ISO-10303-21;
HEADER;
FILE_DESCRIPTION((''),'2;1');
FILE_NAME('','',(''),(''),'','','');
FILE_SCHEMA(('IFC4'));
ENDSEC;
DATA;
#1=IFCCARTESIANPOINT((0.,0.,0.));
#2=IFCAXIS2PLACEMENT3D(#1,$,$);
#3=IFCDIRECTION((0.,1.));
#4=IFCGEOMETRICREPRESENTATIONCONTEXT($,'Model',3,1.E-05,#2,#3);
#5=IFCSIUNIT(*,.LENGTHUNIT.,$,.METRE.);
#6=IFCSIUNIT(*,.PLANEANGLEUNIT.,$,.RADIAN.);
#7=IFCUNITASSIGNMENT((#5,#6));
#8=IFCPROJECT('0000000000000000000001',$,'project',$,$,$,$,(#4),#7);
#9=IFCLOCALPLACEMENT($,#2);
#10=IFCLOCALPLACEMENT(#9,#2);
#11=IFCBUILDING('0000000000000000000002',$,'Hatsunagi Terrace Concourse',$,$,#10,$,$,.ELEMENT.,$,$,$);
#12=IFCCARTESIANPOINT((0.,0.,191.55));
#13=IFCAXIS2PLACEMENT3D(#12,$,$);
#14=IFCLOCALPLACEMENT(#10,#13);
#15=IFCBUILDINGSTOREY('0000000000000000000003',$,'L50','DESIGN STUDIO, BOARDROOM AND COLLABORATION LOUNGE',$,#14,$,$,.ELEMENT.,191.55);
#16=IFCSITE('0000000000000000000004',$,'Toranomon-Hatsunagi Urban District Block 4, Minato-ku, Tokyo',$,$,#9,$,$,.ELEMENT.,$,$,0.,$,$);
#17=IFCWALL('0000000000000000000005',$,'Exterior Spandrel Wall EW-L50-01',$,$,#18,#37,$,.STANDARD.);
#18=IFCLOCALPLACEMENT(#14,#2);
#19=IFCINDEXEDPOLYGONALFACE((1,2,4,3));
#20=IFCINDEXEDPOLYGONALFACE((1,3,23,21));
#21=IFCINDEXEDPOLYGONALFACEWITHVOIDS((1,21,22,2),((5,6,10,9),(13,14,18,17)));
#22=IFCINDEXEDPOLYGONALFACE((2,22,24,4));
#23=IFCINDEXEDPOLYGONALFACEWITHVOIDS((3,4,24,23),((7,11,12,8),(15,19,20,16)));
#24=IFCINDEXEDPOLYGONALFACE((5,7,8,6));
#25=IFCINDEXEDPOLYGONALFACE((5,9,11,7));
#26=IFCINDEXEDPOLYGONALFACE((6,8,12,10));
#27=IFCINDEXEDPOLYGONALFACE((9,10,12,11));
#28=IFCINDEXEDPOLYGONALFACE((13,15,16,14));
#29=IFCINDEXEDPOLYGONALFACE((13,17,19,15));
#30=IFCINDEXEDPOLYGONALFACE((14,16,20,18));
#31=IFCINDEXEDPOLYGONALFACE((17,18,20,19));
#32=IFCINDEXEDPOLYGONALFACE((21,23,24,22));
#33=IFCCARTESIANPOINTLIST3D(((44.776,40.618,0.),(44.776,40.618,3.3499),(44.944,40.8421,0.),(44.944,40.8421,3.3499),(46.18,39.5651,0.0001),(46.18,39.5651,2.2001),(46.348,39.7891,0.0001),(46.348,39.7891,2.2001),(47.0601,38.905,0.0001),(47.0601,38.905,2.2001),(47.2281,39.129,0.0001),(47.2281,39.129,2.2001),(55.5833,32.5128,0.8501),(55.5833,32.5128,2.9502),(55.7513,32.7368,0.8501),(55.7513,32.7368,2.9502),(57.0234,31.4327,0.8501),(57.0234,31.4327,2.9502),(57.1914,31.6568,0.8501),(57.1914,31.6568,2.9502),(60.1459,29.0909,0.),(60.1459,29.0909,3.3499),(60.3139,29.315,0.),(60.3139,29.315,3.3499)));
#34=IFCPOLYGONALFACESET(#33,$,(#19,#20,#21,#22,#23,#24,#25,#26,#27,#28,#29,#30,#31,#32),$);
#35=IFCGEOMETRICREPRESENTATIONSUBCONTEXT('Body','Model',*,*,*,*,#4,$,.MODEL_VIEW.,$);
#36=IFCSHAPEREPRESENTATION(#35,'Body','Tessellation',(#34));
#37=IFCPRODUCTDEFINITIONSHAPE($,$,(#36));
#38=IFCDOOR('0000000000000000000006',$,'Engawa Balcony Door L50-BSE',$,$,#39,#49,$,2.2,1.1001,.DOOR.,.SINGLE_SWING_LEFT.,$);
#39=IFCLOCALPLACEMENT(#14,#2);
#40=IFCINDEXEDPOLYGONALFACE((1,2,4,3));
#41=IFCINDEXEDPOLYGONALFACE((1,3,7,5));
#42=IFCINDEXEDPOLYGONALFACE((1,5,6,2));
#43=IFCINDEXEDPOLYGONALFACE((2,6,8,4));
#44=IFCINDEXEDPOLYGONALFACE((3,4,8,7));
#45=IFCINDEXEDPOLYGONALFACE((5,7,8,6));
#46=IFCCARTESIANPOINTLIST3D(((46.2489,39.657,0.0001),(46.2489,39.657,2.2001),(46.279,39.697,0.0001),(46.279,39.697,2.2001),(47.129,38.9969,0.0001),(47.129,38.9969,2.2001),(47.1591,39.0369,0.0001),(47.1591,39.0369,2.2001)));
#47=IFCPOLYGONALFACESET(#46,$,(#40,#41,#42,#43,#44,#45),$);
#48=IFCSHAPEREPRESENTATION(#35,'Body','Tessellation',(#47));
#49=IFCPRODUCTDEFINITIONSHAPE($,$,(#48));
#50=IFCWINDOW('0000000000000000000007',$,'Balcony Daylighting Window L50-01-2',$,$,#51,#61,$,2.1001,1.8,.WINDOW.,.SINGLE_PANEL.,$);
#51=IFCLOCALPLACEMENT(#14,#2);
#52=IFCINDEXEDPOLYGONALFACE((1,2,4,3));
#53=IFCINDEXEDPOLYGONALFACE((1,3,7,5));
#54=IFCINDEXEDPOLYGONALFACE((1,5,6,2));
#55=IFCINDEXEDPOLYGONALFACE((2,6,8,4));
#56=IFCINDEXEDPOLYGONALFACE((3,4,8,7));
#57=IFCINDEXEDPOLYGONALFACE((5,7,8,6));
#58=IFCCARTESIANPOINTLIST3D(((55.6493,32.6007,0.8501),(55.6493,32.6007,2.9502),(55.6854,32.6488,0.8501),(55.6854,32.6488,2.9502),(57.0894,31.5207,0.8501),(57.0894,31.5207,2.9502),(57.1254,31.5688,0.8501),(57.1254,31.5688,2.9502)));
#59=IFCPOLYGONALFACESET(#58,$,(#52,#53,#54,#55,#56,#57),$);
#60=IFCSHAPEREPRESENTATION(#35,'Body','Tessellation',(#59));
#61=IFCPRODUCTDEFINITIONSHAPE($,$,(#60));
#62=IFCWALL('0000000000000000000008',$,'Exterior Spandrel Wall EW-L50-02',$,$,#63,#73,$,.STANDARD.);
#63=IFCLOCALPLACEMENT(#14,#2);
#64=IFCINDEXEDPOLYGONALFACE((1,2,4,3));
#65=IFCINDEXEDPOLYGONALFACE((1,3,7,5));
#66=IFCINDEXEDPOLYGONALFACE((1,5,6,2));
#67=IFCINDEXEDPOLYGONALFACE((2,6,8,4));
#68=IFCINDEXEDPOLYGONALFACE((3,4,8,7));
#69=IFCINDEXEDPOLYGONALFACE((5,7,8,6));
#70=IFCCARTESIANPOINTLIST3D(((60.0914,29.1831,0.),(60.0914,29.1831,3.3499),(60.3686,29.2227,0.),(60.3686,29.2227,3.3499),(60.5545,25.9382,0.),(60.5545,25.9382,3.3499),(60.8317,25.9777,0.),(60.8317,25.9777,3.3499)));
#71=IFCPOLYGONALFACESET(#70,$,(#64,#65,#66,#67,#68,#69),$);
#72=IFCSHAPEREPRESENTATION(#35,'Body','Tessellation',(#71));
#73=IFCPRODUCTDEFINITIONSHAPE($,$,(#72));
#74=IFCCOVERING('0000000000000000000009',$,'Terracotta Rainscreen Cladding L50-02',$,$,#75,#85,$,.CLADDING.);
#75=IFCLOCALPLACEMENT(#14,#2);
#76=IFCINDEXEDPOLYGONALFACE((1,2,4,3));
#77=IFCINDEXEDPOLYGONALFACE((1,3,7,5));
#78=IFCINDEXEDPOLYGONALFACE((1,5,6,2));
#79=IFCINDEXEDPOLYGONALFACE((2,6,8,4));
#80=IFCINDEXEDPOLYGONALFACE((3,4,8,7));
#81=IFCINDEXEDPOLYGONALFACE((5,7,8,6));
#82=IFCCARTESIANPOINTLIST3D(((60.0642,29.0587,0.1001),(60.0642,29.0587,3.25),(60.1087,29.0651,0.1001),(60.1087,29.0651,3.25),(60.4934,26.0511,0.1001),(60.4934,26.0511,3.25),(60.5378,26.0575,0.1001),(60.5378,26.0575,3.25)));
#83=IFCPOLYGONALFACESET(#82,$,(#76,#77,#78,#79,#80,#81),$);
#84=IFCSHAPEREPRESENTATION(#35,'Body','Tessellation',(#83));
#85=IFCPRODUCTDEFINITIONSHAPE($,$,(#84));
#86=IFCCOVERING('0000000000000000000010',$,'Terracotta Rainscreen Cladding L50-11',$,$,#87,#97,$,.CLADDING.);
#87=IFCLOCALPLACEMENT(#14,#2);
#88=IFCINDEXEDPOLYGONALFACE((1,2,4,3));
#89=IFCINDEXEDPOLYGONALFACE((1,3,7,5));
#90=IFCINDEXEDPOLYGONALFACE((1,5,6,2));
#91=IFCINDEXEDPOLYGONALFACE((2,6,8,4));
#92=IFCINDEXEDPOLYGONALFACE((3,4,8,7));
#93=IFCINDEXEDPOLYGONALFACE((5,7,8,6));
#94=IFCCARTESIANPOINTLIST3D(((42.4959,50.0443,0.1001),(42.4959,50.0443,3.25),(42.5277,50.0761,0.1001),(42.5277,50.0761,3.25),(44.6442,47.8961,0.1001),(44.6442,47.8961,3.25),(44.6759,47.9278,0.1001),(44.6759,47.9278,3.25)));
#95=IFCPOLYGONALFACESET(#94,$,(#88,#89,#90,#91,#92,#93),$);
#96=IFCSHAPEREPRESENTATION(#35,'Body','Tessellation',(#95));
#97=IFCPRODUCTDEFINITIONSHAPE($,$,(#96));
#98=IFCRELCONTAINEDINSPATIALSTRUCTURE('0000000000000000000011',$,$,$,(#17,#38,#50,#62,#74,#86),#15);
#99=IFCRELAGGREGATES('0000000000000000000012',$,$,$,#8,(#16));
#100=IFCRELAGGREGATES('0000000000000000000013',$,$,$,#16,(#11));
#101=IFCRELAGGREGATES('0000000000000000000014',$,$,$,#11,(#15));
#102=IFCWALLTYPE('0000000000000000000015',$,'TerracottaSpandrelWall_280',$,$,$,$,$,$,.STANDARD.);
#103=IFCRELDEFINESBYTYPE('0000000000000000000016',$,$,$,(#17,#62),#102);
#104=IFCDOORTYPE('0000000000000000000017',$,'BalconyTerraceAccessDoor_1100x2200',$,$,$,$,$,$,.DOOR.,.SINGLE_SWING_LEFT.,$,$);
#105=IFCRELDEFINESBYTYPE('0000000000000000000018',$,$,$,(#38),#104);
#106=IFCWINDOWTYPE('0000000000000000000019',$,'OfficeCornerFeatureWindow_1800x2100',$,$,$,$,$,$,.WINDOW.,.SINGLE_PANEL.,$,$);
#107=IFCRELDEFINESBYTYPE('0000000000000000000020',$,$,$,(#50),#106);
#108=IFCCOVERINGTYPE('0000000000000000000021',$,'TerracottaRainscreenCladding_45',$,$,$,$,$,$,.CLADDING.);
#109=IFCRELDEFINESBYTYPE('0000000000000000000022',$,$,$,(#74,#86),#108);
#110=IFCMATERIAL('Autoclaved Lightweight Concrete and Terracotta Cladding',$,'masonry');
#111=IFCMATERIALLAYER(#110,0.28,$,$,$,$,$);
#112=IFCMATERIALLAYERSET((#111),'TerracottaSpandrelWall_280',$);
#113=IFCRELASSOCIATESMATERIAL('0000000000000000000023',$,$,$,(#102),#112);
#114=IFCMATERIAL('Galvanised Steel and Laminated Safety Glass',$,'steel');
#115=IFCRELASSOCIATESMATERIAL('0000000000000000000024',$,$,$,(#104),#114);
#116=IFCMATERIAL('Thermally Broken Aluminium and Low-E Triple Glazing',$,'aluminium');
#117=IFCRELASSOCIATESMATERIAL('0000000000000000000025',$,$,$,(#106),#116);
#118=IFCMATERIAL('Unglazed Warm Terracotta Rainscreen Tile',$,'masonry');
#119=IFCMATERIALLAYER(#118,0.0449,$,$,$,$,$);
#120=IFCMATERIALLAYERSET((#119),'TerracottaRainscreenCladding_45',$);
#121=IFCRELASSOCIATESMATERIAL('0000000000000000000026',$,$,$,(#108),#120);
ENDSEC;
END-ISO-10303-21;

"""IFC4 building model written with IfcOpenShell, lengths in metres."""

from ifc_helpers import new_model, si_unit, direction, frame, frame_2d, origin, origin_2d, place, context, subcontext, project, spatial, rectangle, extrude, material, layer, layer_set, type_object, element, fill, save


model = new_model("IFC4")

# Units and contexts
model_context = context("Model", 3, precision=1e-05, world=origin(), true_north=direction((0.0, 1.0)))
body_context = subcontext(model_context, "Body", "Model", "MODEL_VIEW")
ifc_project = project(units=[si_unit("LENGTHUNIT", "METRE"), si_unit("PLANEANGLEUNIT", "RADIAN")], contexts=[model_context])

# Site, building, storey
site_placement = place(None, origin())
site = spatial("IfcSite", under=ifc_project, at=site_placement, Name="Toranomon-Hatsunagi Urban District Block 4, Minato-ku, Tokyo", CompositionType="ELEMENT", RefElevation=0.0)
building_placement = place(site_placement, origin())
building = spatial("IfcBuilding", under=site, at=building_placement, Name="Hatsunagi Terrace Concourse", CompositionType="ELEMENT")
storey_placement = place(building_placement, frame((0.0, 0.0, 191.55)))
storey = spatial("IfcBuildingStorey", under=building, at=storey_placement, Name="L50", Description="DESIGN STUDIO, BOARDROOM AND COLLABORATION LOUNGE", CompositionType="ELEMENT", Elevation=191.55)

# Wall, openings, door, window
ifc_material_1 = material(Name="Autoclaved Lightweight Concrete and Terracotta Cladding", Category="masonry")
ifc_layer_1 = layer(ifc_material_1, 0.28)
ifc_layer_set_1 = layer_set([ifc_layer_1], Name="TerracottaSpandrelWall_280")
wall_type_1 = type_object("IfcWallType", Name="TerracottaSpandrelWall_280", PredefinedType="STANDARD", material=ifc_layer_set_1)
wall_1_placement = place(storey_placement, frame((44.8601, 40.73, 0.0), z_axis=(0.0, 0.0, 1.0), x_axis=(0.800008, -0.59999, 0.0)))
wall_1 = element("IfcWall", 1, at=wall_1_placement, inside=storey, type_object=wall_type_1, Name="Exterior Spandrel Wall EW-L50-01", PredefinedType="STANDARD", context=body_context, shape_type="SweptSolid", body=[
    extrude(rectangle(XDim=19.2122, YDim=0.28, at=frame_2d((9.606, 0.0))), origin(), (0.0, 0.0, 1.0), 3.3499),
])
opening_1_placement = place(wall_1_placement, frame((1.7549, 0.0, 0.0)))
opening_1 = element("IfcOpeningElement", 2, at=opening_1_placement, cuts=wall_1, PredefinedType="OPENING", context=body_context, shape_type="SweptSolid", body=[
    extrude(rectangle(XDim=1.1001, YDim=2.2, at=frame_2d((0.55, 1.1001))), frame((0.0, 0.1499, 0.0), z_axis=(0.0, -1.0, 0.0), x_axis=(1.0, 0.0, 0.0)), (0.0, 0.0, 1.0), 0.3),
])
opening_2_placement = place(wall_1_placement, frame((13.509, 0.0, 0.8501)))
opening_2 = element("IfcOpeningElement", 3, at=opening_2_placement, cuts=wall_1, PredefinedType="OPENING", context=body_context, shape_type="SweptSolid", body=[
    extrude(rectangle(XDim=1.8, YDim=2.1001, at=frame_2d((0.8999, 1.05))), frame((0.0, 0.1499, 0.0), z_axis=(0.0, -1.0, 0.0), x_axis=(1.0, 0.0, 0.0)), (0.0, 0.0, 1.0), 0.3),
])
ifc_material_2 = material(Name="Galvanised Steel and Laminated Safety Glass", Category="steel")
door_type = type_object("IfcDoorType", Name="BalconyTerraceAccessDoor_1100x2200", OperationType="SINGLE_SWING_LEFT", PredefinedType="DOOR", material=ifc_material_2)
door_placement = place(opening_1_placement, origin())
door = element("IfcDoor", 4, at=door_placement, inside=storey, type_object=door_type, Name="Engawa Balcony Door L50-BSE", OperationType="SINGLE_SWING_LEFT", OverallHeight=2.2, OverallWidth=1.1001, PredefinedType="DOOR", context=body_context, shape_type="SweptSolid", body=[
    extrude(rectangle(XDim=1.1001, YDim=2.2, at=frame_2d((0.55, 1.1001))), frame((0.0, 0.0249, 0.0), z_axis=(0.0, -1.0, 0.0), x_axis=(1.0, 0.0, 0.0)), (0.0, 0.0, 1.0), 0.05),
])
fill(opening_1, door)
ifc_material_3 = material(Name="Thermally Broken Aluminium and Low-E Triple Glazing", Category="aluminium")
window_type = type_object("IfcWindowType", Name="OfficeCornerFeatureWindow_1800x2100", PartitioningType="SINGLE_PANEL", PredefinedType="WINDOW", material=ifc_material_3)
window_placement = place(opening_2_placement, origin())
window = element("IfcWindow", 5, at=window_placement, inside=storey, type_object=window_type, Name="Balcony Daylighting Window L50-01-2", OverallHeight=2.1001, OverallWidth=1.8, PartitioningType="SINGLE_PANEL", PredefinedType="WINDOW", context=body_context, shape_type="SweptSolid", body=[
    extrude(rectangle(XDim=1.8, YDim=2.1001, at=frame_2d((0.8999, 1.05))), frame((0.0, 0.03, 0.0), z_axis=(0.0, -1.0, 0.0), x_axis=(1.0, 0.0, 0.0)), (0.0, 0.0, 1.0), 0.0601),
])
fill(opening_2, window)

# Wall
wall_2_placement = place(storey_placement, frame((60.23, 29.2029, 0.0), z_axis=(0.0, 0.0, 1.0), x_axis=(0.141296, -0.989967, 0.0)))
element("IfcWall", 6, at=wall_2_placement, inside=storey, type_object=wall_type_1, Name="Exterior Spandrel Wall EW-L50-02", PredefinedType="STANDARD", context=body_context, shape_type="SweptSolid", body=[
    extrude(rectangle(XDim=3.2778, YDim=0.28, at=frame_2d((1.6389, 0.0))), origin(), (0.0, 0.0, 1.0), 3.3499),
])

# Coverings
ifc_material_4 = material(Name="Unglazed Warm Terracotta Rainscreen Tile", Category="masonry")
ifc_layer_2 = layer(ifc_material_4, 0.0449)
ifc_layer_set_2 = layer_set([ifc_layer_2], Name="TerracottaRainscreenCladding_45")
covering_type = type_object("IfcCoveringType", Name="TerracottaRainscreenCladding_45", PredefinedType="CLADDING", material=ifc_layer_set_2)
for number, where, z_axis, x_axis, name in (
    (7, (60.301, 27.5581, 0.1001), (0.0, 0.0, 1.0), (0.14125, -0.989974, 0.0), "Terracotta Rainscreen Cladding L50-02"),
    (8, (43.5859, 48.9861, 0.1001), (0.0, 0.0, 1.0), (0.707107, -0.707107, 0.0), "Terracotta Rainscreen Cladding L50-11"),
):
    element("IfcCovering", number, at=place(storey_placement, frame(where, z_axis=z_axis, x_axis=x_axis)), inside=storey, type_object=covering_type, Name=name, PredefinedType="CLADDING", context=body_context, shape_type="SweptSolid", body=[
        extrude(rectangle(XDim=3.0381, YDim=0.0449, at=origin_2d()), origin(), (0.0, 0.0, 1.0), 3.1499),
    ])

save(model, "model.ifc")
